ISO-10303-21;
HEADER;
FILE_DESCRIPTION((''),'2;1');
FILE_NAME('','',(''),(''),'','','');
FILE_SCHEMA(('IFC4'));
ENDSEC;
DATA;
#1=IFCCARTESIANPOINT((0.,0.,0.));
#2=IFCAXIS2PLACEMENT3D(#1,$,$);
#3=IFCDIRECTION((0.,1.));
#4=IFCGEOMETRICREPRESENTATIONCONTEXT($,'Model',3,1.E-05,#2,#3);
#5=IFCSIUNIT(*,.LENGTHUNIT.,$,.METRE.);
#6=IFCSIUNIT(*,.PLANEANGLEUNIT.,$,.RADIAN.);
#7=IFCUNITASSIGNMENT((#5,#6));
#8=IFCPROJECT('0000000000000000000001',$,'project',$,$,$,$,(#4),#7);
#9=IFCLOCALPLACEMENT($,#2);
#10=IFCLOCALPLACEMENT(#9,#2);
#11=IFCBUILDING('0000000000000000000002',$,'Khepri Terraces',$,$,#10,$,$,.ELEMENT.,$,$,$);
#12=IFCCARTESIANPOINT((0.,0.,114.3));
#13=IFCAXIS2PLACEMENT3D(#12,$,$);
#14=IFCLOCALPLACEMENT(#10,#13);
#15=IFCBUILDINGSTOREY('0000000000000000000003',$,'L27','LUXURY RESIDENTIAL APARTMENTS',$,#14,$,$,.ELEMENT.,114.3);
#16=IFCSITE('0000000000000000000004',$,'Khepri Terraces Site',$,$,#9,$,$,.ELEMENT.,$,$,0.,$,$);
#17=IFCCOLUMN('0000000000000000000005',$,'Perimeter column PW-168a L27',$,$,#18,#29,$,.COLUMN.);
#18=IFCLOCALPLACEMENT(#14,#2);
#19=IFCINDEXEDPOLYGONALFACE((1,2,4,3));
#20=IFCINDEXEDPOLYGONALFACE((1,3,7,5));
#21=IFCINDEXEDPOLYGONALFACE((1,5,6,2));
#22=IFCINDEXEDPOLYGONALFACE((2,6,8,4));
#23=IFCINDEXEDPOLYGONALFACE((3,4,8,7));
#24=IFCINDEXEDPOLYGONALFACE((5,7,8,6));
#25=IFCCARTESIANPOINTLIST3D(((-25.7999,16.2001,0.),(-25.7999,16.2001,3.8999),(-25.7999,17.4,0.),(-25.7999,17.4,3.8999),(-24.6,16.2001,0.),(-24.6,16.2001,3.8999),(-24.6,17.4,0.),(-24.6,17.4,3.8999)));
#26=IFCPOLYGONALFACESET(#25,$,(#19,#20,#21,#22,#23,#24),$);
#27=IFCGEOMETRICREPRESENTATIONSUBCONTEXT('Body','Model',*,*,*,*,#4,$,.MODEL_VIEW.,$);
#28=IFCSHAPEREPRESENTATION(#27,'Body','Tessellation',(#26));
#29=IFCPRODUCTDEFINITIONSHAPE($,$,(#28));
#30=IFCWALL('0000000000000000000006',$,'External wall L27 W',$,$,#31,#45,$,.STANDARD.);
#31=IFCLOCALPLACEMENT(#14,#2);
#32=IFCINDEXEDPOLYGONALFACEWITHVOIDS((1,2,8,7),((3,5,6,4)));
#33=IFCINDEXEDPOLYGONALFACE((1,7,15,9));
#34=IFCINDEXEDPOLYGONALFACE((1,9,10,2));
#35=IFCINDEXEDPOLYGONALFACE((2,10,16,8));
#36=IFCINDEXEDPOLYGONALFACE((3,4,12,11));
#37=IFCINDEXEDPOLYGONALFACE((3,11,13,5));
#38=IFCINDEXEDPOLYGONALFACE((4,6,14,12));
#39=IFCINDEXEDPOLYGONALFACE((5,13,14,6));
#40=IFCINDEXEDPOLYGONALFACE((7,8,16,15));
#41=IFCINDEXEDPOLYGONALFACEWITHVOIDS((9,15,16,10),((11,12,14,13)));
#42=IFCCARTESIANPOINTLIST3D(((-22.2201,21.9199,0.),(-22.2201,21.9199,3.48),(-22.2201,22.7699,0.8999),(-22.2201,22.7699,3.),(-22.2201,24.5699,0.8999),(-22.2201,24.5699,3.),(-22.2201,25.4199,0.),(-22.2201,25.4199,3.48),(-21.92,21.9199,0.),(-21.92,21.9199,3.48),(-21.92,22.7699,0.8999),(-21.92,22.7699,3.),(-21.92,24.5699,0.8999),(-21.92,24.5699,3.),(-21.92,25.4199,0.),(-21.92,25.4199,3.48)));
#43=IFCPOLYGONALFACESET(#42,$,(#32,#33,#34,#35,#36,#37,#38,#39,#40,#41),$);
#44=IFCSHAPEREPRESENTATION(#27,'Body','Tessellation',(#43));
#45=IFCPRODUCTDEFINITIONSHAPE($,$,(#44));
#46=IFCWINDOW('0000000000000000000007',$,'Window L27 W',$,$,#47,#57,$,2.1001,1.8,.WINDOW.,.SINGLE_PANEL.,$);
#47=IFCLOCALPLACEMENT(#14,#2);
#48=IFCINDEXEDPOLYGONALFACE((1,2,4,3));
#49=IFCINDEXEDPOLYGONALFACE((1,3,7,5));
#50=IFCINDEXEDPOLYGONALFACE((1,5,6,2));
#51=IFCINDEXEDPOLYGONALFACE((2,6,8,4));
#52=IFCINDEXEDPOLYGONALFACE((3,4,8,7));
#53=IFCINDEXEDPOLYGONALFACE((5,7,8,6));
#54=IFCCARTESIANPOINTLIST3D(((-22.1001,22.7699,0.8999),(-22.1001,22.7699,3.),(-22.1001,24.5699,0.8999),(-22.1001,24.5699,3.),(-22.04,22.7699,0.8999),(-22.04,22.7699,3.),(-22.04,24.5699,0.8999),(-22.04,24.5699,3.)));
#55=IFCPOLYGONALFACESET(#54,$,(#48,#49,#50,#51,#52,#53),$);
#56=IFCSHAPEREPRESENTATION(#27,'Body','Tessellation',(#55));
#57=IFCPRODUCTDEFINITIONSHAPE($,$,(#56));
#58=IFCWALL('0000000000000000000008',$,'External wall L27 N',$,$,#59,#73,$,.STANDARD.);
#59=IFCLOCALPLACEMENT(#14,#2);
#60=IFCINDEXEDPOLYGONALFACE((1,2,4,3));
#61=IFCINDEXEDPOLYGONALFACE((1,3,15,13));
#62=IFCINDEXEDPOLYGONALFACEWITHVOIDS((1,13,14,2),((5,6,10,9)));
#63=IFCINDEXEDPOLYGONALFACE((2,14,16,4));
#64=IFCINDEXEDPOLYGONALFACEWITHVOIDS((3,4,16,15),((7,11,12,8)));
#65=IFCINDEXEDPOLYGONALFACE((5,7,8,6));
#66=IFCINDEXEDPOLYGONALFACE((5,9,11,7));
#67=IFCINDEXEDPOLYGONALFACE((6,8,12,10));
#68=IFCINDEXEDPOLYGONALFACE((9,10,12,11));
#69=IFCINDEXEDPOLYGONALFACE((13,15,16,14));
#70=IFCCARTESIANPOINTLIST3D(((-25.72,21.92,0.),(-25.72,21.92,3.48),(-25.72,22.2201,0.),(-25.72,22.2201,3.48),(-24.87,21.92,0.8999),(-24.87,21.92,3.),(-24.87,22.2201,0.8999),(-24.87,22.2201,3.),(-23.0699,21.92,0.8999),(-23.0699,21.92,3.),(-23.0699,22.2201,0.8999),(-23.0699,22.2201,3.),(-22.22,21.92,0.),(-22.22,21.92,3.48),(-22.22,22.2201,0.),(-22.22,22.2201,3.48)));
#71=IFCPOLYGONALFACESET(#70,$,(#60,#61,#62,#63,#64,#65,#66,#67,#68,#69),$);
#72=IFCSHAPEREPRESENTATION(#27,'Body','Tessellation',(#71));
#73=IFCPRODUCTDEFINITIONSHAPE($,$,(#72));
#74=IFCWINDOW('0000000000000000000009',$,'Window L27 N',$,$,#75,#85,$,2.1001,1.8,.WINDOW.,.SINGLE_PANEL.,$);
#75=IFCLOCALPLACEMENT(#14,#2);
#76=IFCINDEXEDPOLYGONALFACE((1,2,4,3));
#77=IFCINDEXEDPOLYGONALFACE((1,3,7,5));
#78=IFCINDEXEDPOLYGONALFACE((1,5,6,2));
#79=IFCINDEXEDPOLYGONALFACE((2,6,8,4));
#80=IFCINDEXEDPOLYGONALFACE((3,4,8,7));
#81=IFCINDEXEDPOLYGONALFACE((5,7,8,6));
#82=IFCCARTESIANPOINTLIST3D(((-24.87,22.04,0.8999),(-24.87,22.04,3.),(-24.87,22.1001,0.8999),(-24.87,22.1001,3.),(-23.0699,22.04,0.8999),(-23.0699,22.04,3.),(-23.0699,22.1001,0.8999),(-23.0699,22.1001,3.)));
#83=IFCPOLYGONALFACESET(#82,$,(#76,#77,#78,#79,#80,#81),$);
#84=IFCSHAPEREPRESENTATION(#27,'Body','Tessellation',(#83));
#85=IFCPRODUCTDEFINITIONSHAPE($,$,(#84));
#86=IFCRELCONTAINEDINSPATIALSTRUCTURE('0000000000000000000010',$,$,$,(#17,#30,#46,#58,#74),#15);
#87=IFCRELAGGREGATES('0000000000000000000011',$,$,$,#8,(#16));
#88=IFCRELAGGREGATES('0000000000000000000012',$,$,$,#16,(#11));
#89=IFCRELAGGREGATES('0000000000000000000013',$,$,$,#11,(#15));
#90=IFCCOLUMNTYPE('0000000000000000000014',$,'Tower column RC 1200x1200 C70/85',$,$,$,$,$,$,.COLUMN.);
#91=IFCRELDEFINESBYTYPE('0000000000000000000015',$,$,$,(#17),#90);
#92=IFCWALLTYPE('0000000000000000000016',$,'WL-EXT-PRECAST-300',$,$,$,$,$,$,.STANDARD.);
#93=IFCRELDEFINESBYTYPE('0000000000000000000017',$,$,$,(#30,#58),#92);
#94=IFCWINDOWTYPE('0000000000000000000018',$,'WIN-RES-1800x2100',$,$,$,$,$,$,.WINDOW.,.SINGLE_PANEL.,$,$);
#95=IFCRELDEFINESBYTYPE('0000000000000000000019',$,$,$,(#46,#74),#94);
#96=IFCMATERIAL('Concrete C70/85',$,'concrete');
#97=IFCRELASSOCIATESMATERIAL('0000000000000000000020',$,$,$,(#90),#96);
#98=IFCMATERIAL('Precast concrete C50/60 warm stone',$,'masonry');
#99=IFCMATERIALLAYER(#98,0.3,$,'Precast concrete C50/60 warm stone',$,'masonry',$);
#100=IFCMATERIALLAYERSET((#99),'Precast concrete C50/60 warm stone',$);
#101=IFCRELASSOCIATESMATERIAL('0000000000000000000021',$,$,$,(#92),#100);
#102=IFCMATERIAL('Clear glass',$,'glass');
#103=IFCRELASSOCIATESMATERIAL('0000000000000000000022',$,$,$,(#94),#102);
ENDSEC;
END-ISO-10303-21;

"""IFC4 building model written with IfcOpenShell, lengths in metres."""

from ifc_helpers import new_model, si_unit, direction, frame, frame_2d, origin, origin_2d, place, context, subcontext, project, spatial, rectangle, extrude, material, layer, layer_set, material_profile, profile_set, type_object, element, fill, save


model = new_model("IFC4")

# Units and contexts
model_context = context("Model", 3, precision=1e-05, world=origin(), true_north=direction((0.0, 1.0)))
body_context = subcontext(model_context, "Body", "Model", "MODEL_VIEW")
ifc_project = project(units=[si_unit("LENGTHUNIT", "METRE"), si_unit("PLANEANGLEUNIT", "RADIAN")], contexts=[model_context])

# Site, building, storey
site_placement = place(None, origin())
site = spatial("IfcSite", under=ifc_project, at=site_placement, Name="Khepri Terraces Site", CompositionType="ELEMENT", RefElevation=0.0)
building_placement = place(site_placement, origin())
building = spatial("IfcBuilding", under=site, at=building_placement, Name="Khepri Terraces", CompositionType="ELEMENT")
storey_placement = place(building_placement, frame((0.0, 0.0, 114.3)))
storey = spatial("IfcBuildingStorey", under=building, at=storey_placement, Name="L27", Description="LUXURY RESIDENTIAL APARTMENTS", CompositionType="ELEMENT", Elevation=114.3)

# Column
ifc_material_1 = material(Name="Concrete C70/85", Category="concrete")
ifc_material_profile = material_profile(ifc_material_1, rectangle(XDim=1.2, YDim=1.2, at=origin_2d()), Name="Concrete C70/85", Category="concrete")
ifc_profile_set = profile_set([ifc_material_profile], Name="Concrete C70/85")
column_type = type_object("IfcColumnType", Name="Tower column RC 1200x1200 C70/85", PredefinedType="COLUMN", material=ifc_profile_set)
column_placement = place(storey_placement, frame((-25.2, 16.8, 0.0), z_axis=(0.0, 0.0, 1.0), x_axis=(1.0, 0.0, 0.0)))
element("IfcColumn", 1, at=column_placement, inside=storey, type_object=column_type, Name="Perimeter column PW-168a L27", PredefinedType="COLUMN", context=body_context, shape_type="SweptSolid", body=[
    extrude(rectangle(XDim=1.2, YDim=1.2, at=origin_2d()), origin(), (0.0, 0.0, 1.0), 3.8999),
])

# Walls, openings, windows
ifc_material_2 = material(Name="Precast concrete C50/60 warm stone", Category="masonry")
ifc_layer = layer(ifc_material_2, 0.3, Name="Precast concrete C50/60 warm stone", Category="masonry")
ifc_layer_set = layer_set([ifc_layer], Name="Precast concrete C50/60 warm stone")
wall_type = type_object("IfcWallType", Name="WL-EXT-PRECAST-300", PredefinedType="STANDARD", material=ifc_layer_set)
wall_1_placement = place(storey_placement, frame((-22.0701, 25.4199, 0.0), z_axis=(0.0, 0.0, 1.0), x_axis=(0.0, -1.0, 0.0)))
wall_1 = element("IfcWall", 2, at=wall_1_placement, inside=storey, type_object=wall_type, Name="External wall L27 W", PredefinedType="STANDARD", context=body_context, shape_type="SweptSolid", body=[
    extrude(rectangle(XDim=3.5, YDim=0.3, at=frame_2d((1.75, 0.0))), origin(), (0.0, 0.0, 1.0), 3.48),
])
opening_1_placement = place(wall_1_placement, frame((0.8501, 0.0, 0.8999)))
opening_1 = element("IfcOpeningElement", 3, at=opening_1_placement, cuts=wall_1, PredefinedType="OPENING", context=body_context, shape_type="SweptSolid", body=[
    extrude(rectangle(XDim=1.8, YDim=2.1001, at=frame_2d((0.8999, 1.05))), frame((0.0, 0.1602, 0.0), z_axis=(0.0, -1.0, 0.0), x_axis=(1.0, 0.0, 0.0)), (0.0, 0.0, 1.0), 0.3201),
])
ifc_material_3 = material(Name="Clear glass", Category="glass")
window_type = type_object("IfcWindowType", Name="WIN-RES-1800x2100", PartitioningType="SINGLE_PANEL", PredefinedType="WINDOW", material=ifc_material_3)
window_1_placement = place(opening_1_placement, origin())
window_1 = element("IfcWindow", 4, at=window_1_placement, inside=storey, type_object=window_type, Name="Window L27 W", OverallHeight=2.1001, OverallWidth=1.8, PartitioningType="SINGLE_PANEL", PredefinedType="WINDOW", context=body_context, shape_type="SweptSolid", body=[
    extrude(rectangle(XDim=1.8, YDim=2.1001, at=frame_2d((0.8999, 1.05))), frame((0.0, 0.03, 0.0), z_axis=(0.0, -1.0, 0.0), x_axis=(1.0, 0.0, 0.0)), (0.0, 0.0, 1.0), 0.0601),
])
fill(opening_1, window_1)
wall_2_placement = place(storey_placement, frame((-22.22, 22.0701, 0.0), z_axis=(0.0, 0.0, 1.0), x_axis=(-1.0, 0.0, 0.0)))
wall_2 = element("IfcWall", 5, at=wall_2_placement, inside=storey, type_object=wall_type, Name="External wall L27 N", PredefinedType="STANDARD", context=body_context, shape_type="SweptSolid", body=[
    extrude(rectangle(XDim=3.5, YDim=0.3, at=frame_2d((1.75, 0.0))), origin(), (0.0, 0.0, 1.0), 3.48),
])
opening_2_placement = place(wall_2_placement, frame((0.8501, 0.0, 0.8999)))
opening_2 = element("IfcOpeningElement", 6, at=opening_2_placement, cuts=wall_2, PredefinedType="OPENING", context=body_context, shape_type="SweptSolid", body=[
    extrude(rectangle(XDim=1.8, YDim=2.1001, at=frame_2d((0.8999, 1.05))), frame((0.0, 0.1602, 0.0), z_axis=(0.0, -1.0, 0.0), x_axis=(1.0, 0.0, 0.0)), (0.0, 0.0, 1.0), 0.3201),
])
window_2_placement = place(opening_2_placement, origin())
window_2 = element("IfcWindow", 7, at=window_2_placement, inside=storey, type_object=window_type, Name="Window L27 N", OverallHeight=2.1001, OverallWidth=1.8, PartitioningType="SINGLE_PANEL", PredefinedType="WINDOW", context=body_context, shape_type="SweptSolid", body=[
    extrude(rectangle(XDim=1.8, YDim=2.1001, at=frame_2d((0.8999, 1.05))), frame((0.0, 0.03, 0.0), z_axis=(0.0, -1.0, 0.0), x_axis=(1.0, 0.0, 0.0)), (0.0, 0.0, 1.0), 0.0601),
])
fill(opening_2, window_2)

save(model, "model.ifc")
